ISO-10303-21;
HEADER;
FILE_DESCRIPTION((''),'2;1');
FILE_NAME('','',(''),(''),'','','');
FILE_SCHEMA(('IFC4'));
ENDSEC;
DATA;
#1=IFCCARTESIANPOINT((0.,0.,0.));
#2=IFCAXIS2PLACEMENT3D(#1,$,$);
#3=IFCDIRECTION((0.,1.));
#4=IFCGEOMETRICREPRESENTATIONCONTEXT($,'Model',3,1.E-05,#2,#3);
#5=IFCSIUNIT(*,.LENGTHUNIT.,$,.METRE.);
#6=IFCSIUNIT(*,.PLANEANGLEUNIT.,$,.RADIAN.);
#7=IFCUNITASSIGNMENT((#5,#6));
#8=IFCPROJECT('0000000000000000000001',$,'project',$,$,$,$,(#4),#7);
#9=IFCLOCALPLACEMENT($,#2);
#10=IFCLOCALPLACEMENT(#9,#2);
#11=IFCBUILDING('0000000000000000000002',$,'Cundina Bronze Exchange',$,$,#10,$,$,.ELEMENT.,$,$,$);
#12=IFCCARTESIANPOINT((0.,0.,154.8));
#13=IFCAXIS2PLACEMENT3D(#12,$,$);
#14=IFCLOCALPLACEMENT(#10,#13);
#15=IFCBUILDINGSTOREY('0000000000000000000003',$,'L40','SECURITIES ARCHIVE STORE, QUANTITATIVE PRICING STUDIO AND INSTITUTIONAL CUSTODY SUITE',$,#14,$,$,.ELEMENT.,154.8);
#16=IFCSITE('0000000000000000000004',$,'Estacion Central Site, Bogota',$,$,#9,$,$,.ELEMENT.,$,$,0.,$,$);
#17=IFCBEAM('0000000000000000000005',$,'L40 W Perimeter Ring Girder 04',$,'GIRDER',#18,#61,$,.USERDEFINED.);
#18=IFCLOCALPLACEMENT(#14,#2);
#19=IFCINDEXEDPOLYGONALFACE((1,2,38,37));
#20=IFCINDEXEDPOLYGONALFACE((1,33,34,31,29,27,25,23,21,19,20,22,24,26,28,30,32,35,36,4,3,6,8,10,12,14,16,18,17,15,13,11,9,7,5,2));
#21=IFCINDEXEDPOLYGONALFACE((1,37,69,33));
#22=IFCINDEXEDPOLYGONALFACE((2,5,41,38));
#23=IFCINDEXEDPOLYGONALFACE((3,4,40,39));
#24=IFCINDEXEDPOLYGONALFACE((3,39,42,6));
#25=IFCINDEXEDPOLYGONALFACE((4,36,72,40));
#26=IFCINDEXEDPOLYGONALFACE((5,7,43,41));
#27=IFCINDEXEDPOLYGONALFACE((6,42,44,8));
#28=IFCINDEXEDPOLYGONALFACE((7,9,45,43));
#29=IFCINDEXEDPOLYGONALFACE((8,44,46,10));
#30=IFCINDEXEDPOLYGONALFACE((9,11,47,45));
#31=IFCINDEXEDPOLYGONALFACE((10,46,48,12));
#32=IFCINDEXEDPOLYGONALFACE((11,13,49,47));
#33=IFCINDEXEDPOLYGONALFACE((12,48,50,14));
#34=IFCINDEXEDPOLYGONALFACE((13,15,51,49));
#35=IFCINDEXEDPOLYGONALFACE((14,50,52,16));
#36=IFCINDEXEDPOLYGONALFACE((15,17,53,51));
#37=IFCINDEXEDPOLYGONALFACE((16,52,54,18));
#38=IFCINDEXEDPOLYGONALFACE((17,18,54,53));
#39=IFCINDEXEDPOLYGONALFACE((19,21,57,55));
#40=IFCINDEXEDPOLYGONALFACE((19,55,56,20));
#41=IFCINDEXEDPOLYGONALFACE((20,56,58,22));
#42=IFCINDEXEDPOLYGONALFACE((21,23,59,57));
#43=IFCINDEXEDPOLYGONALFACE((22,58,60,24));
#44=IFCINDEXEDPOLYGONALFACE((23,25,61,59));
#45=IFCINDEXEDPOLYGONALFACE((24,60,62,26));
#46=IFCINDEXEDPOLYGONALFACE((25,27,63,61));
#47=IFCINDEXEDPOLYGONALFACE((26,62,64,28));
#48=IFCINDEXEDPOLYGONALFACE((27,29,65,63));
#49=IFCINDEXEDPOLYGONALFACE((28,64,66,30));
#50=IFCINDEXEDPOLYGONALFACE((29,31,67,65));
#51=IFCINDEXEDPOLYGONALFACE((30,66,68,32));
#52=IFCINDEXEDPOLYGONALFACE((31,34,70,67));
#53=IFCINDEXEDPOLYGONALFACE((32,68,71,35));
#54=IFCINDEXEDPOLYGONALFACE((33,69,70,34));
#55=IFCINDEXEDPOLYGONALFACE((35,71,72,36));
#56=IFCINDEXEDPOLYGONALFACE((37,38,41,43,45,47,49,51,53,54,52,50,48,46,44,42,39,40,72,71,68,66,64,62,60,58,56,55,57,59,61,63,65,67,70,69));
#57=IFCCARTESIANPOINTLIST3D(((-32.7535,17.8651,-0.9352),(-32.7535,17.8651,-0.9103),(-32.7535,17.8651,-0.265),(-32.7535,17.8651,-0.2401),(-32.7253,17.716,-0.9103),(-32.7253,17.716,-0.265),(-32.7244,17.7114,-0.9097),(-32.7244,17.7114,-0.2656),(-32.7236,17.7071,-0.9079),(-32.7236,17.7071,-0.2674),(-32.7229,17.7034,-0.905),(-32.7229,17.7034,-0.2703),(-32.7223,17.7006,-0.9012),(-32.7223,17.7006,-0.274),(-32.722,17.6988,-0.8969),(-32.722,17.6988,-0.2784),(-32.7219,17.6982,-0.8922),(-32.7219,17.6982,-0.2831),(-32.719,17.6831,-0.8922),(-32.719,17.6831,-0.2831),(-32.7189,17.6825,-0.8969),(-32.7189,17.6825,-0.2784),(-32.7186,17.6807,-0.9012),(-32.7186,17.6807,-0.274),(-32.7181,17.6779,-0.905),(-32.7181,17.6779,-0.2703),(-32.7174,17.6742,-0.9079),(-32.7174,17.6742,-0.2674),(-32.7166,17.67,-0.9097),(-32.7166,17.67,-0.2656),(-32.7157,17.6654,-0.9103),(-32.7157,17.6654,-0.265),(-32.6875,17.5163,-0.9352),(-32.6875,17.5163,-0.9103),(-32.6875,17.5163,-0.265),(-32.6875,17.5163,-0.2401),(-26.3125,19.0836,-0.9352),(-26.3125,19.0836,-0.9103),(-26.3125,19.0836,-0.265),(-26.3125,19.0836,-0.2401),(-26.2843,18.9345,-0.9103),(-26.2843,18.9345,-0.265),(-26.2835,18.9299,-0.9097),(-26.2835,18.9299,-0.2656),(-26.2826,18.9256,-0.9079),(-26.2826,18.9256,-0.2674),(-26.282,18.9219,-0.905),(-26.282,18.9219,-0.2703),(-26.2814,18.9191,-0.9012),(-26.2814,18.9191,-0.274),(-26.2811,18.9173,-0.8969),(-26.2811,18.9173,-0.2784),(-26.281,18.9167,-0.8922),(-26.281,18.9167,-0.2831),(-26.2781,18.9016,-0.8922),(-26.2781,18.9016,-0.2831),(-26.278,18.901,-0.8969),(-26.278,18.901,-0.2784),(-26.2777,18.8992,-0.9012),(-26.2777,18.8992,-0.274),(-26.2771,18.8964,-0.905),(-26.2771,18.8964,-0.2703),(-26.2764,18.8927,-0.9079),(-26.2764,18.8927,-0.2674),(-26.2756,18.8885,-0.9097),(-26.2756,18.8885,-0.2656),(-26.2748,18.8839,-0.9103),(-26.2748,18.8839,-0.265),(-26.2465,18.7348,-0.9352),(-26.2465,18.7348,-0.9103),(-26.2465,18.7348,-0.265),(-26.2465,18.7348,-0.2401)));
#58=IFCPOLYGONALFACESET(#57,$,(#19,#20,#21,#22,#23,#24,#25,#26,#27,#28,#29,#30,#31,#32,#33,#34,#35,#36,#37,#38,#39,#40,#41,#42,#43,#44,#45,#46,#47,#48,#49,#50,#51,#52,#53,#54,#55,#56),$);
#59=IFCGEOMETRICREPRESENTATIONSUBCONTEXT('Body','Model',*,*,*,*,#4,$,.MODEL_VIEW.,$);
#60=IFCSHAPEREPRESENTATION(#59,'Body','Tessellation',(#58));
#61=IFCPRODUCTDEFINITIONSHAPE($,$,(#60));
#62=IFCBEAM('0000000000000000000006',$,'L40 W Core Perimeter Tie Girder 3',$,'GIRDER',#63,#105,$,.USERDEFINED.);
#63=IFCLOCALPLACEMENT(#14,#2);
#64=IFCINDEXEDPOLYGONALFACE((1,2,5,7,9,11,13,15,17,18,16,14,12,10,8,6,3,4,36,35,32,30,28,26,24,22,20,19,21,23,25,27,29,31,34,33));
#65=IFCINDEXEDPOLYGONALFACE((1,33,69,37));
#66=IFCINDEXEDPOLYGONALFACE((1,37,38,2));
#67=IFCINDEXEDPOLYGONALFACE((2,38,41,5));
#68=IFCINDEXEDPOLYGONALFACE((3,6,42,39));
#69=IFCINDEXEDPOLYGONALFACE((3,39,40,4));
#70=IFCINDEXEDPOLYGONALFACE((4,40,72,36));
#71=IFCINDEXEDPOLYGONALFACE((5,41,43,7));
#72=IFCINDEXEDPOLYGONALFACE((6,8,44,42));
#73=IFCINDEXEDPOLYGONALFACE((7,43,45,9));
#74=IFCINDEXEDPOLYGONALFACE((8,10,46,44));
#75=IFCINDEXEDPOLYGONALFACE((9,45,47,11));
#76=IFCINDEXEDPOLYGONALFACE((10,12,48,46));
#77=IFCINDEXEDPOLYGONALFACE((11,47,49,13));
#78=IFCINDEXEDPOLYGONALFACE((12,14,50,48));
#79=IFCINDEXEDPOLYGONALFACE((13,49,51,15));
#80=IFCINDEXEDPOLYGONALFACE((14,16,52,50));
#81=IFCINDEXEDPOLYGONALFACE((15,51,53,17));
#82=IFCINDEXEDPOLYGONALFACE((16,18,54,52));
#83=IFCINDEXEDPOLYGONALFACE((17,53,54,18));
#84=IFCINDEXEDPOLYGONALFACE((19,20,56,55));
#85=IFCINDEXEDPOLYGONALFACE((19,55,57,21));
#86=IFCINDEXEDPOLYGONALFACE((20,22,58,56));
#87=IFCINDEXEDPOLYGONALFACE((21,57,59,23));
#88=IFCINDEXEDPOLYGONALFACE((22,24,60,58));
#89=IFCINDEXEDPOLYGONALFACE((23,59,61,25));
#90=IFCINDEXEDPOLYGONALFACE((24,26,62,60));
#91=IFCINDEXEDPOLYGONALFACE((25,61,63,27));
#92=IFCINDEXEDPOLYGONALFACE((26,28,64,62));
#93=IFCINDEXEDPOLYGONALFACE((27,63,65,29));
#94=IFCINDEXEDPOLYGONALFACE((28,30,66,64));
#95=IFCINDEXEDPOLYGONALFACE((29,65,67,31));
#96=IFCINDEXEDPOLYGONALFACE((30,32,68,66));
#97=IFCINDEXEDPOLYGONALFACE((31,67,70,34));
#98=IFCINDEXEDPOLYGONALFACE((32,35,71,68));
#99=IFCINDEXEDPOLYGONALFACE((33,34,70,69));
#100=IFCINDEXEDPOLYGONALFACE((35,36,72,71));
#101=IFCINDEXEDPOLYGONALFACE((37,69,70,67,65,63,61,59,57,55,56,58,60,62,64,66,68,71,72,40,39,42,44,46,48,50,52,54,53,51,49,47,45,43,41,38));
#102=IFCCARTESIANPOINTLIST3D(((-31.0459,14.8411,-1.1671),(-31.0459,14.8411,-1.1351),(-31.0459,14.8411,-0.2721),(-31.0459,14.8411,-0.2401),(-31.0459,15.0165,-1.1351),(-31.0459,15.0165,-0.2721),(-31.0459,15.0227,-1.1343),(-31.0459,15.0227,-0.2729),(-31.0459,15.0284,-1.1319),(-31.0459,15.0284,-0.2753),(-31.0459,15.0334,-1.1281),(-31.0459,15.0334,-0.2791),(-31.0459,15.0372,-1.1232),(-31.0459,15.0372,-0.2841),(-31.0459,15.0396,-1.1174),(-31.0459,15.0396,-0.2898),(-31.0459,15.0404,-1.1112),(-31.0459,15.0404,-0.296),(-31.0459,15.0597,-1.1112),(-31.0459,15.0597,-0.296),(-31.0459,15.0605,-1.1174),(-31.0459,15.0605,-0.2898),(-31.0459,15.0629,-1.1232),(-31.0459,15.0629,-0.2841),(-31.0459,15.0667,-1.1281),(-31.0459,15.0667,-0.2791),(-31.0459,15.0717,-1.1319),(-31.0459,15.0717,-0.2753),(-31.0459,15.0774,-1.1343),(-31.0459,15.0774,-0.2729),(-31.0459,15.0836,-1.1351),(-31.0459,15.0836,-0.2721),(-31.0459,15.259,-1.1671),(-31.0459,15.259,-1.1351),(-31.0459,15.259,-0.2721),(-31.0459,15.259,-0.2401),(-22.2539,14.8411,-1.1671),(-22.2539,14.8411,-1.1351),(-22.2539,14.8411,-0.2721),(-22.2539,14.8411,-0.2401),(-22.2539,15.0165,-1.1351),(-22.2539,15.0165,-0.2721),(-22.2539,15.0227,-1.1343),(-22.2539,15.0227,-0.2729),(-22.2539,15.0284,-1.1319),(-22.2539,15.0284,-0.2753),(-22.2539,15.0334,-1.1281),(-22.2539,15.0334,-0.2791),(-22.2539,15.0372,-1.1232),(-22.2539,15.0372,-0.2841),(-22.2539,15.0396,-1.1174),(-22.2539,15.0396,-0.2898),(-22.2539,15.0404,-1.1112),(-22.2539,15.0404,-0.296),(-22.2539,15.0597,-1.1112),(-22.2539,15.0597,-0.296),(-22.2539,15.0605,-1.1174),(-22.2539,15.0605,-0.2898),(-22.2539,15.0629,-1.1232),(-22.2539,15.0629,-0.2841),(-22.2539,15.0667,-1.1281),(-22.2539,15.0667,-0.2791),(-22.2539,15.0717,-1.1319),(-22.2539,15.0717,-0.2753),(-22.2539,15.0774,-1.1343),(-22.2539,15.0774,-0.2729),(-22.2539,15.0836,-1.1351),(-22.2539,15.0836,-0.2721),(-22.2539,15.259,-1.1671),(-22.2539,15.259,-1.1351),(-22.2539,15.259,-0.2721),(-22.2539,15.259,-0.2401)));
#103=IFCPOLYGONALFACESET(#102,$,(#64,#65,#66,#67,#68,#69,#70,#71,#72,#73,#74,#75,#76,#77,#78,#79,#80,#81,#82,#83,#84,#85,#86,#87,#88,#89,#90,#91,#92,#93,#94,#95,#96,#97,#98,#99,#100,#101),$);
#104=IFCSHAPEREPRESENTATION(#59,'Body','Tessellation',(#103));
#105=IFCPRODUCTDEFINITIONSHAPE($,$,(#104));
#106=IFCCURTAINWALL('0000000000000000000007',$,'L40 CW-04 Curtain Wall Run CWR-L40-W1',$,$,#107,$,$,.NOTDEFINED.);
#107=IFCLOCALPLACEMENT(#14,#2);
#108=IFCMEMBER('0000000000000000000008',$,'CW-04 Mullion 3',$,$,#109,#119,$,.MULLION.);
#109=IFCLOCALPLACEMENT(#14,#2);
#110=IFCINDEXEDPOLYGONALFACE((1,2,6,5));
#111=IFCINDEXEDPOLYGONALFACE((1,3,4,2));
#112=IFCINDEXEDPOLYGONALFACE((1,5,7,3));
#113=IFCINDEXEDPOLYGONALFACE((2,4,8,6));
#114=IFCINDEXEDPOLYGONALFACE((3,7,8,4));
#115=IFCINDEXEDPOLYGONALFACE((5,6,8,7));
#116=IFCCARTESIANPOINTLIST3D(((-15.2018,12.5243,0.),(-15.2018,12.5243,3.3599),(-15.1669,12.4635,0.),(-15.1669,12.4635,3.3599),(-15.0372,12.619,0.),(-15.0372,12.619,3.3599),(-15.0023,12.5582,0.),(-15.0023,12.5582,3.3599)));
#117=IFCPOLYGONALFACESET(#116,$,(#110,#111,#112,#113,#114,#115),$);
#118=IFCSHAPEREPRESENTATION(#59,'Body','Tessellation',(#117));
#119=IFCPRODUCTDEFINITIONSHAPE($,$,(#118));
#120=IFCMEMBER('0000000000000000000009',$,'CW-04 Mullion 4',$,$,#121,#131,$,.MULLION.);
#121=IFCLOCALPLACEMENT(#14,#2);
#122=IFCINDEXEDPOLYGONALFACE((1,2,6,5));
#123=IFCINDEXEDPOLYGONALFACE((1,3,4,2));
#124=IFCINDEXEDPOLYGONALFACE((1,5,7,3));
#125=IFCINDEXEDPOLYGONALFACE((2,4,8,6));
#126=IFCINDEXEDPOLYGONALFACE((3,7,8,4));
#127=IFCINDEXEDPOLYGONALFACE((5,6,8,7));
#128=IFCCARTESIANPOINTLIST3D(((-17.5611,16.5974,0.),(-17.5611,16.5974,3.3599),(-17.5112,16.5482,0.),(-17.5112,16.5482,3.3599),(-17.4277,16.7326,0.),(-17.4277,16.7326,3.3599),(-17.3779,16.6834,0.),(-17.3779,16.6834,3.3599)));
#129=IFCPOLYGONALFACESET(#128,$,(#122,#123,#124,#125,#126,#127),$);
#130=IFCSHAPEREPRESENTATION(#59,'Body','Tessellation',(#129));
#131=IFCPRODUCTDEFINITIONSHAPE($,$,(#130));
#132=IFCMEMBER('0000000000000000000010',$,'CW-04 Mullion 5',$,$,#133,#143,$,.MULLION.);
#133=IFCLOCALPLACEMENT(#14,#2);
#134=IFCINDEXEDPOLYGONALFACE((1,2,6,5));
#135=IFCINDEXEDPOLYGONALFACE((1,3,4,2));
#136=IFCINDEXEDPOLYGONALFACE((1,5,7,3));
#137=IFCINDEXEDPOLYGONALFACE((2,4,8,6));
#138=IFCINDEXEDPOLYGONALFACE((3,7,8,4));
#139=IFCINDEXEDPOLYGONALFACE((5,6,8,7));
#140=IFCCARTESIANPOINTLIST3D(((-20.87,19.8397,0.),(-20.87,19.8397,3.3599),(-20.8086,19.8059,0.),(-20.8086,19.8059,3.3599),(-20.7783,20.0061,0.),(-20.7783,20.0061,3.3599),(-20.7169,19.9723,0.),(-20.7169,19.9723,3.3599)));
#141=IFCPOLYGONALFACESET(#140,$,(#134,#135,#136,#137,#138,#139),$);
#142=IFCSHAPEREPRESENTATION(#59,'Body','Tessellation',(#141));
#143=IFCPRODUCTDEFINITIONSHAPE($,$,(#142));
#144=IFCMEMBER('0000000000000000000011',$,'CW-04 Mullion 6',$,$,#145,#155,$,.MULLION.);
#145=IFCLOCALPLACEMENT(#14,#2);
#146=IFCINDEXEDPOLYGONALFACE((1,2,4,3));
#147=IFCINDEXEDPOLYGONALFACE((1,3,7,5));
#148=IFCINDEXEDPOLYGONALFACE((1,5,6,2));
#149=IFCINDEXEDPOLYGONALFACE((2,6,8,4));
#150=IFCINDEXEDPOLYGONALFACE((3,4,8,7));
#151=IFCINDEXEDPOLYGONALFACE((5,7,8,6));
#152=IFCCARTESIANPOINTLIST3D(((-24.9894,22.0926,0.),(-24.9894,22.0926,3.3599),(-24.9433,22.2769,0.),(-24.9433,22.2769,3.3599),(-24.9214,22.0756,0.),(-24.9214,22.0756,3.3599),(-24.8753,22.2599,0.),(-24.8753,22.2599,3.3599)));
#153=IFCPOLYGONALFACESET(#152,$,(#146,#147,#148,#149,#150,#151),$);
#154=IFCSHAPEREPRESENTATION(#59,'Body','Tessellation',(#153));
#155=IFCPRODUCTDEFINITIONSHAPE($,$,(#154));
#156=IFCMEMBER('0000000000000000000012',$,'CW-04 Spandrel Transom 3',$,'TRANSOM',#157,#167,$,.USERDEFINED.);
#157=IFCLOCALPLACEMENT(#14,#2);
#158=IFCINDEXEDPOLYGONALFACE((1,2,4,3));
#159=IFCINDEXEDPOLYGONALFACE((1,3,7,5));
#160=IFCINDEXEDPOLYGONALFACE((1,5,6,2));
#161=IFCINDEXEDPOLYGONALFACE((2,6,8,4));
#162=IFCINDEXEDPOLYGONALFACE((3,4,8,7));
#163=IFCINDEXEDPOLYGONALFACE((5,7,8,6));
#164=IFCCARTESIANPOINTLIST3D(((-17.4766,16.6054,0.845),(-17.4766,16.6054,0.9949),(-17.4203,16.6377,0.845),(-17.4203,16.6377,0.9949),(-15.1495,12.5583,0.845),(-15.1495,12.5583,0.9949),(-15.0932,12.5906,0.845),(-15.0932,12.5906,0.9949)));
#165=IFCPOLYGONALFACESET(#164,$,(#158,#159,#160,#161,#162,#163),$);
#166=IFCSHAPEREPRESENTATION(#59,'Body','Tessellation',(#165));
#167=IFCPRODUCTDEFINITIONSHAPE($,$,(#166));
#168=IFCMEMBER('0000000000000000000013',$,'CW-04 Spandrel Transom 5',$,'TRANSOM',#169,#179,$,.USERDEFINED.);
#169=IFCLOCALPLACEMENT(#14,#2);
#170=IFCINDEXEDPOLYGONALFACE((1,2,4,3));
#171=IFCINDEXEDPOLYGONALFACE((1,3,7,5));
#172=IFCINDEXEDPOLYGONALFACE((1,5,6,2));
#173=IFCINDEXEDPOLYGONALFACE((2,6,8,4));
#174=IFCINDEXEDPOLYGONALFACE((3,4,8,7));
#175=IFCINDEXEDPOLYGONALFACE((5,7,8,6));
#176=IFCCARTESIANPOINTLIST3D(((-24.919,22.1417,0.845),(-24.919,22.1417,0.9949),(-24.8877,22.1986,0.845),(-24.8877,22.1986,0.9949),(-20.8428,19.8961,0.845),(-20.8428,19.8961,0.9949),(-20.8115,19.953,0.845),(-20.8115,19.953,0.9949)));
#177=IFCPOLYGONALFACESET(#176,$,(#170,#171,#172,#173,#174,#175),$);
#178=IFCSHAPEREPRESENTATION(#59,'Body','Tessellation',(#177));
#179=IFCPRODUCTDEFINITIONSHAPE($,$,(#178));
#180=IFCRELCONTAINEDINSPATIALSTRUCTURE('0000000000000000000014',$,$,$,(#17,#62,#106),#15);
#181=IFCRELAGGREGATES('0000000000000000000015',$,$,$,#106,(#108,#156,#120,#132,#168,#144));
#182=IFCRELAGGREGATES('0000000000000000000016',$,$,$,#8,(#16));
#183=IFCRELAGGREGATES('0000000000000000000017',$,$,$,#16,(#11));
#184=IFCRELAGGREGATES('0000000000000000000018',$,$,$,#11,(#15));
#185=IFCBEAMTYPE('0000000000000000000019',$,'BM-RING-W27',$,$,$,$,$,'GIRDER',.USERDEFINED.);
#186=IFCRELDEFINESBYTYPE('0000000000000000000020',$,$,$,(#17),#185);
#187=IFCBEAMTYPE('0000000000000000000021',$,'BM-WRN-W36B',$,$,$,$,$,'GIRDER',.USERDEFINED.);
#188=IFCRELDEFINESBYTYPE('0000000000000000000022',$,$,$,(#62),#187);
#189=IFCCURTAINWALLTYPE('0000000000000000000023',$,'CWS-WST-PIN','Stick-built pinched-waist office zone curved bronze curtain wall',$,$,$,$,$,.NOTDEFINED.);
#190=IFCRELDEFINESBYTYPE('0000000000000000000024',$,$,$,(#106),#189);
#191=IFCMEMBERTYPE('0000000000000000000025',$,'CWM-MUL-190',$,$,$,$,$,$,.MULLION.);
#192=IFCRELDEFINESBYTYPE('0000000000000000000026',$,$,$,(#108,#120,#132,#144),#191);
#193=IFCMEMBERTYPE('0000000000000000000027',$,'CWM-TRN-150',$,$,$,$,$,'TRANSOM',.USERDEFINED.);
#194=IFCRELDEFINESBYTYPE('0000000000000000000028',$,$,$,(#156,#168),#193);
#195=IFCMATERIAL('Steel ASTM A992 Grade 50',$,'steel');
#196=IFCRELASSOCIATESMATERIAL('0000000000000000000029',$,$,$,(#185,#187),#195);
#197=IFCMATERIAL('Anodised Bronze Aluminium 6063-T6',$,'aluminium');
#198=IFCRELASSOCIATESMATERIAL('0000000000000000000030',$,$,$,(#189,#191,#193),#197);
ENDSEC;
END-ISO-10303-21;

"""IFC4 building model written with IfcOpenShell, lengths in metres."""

from ifc_helpers import new_model, si_unit, direction, frame, origin, origin_2d, place, context, subcontext, project, spatial, rectangle, i_section, extrude, material, material_profile, profile_set, type_object, element, aggregate, save


model = new_model("IFC4")

# Units and contexts
model_context = context("Model", 3, precision=1e-05, world=origin(), true_north=direction((0.0, 1.0)))
body_context = subcontext(model_context, "Body", "Model", "MODEL_VIEW")
ifc_project = project(units=[si_unit("LENGTHUNIT", "METRE"), si_unit("PLANEANGLEUNIT", "RADIAN")], contexts=[model_context])

# Site, building, storey
site_placement = place(None, origin())
site = spatial("IfcSite", under=ifc_project, at=site_placement, Name="Estacion Central Site, Bogota", CompositionType="ELEMENT", RefElevation=0.0)
building_placement = place(site_placement, origin())
building = spatial("IfcBuilding", under=site, at=building_placement, Name="Cundina Bronze Exchange", CompositionType="ELEMENT")
storey_placement = place(building_placement, frame((0.0, 0.0, 154.8)))
storey = spatial("IfcBuildingStorey", under=building, at=storey_placement, Name="L40", Description="SECURITIES ARCHIVE STORE, QUANTITATIVE PRICING STUDIO AND INSTITUTIONAL CUSTODY SUITE", CompositionType="ELEMENT", Elevation=154.8)

# Shared definitions
ifc_material_1 = material(Name="Steel ASTM A992 Grade 50", Category="steel")

# Beams
ifc_material_profile_1 = material_profile(ifc_material_1, i_section(OverallWidth=0.355, OverallDepth=0.6951, WebThickness=0.0154, FlangeThickness=0.0249, FilletRadius=0.0181, at=origin_2d()), Name="W27X146", Category="steel")
ifc_profile_set_1 = profile_set([ifc_material_profile_1], Name="Steel ASTM A992 Grade 50")
beam_type_1 = type_object("IfcBeamType", Name="BM-RING-W27", ElementType="GIRDER", PredefinedType="USERDEFINED", material=ifc_profile_set_1)
beam_1_placement = place(storey_placement, frame((-26.2795, 18.9092, -0.5876), z_axis=(-0.982572, -0.185885, 0.0), x_axis=(0.185885, -0.982572, 0.0)))
element("IfcBeam", 1, at=beam_1_placement, inside=storey, type_object=beam_type_1, Name="L40 W Perimeter Ring Girder 04", ObjectType="GIRDER", PredefinedType="USERDEFINED", context=body_context, shape_type="SweptSolid", body=[
    extrude(i_section(OverallWidth=0.355, OverallDepth=0.6951, WebThickness=0.0154, FlangeThickness=0.0249, FilletRadius=0.0181, at=origin_2d()), origin(), (0.0, 0.0, 1.0), 6.5552),
])
ifc_material_profile_2 = material_profile(ifc_material_1, i_section(OverallWidth=0.418, OverallDepth=0.927, WebThickness=0.0193, FlangeThickness=0.032, FilletRadius=0.0239, at=origin_2d()), Name="W36X231", Category="steel")
ifc_profile_set_2 = profile_set([ifc_material_profile_2], Name="Steel ASTM A992 Grade 50")
beam_type_2 = type_object("IfcBeamType", Name="BM-WRN-W36B", ElementType="GIRDER", PredefinedType="USERDEFINED", material=ifc_profile_set_2)
beam_2_placement = place(storey_placement, frame((-22.2539, 15.05, -0.7036), z_axis=(-1.0, 0.0, 0.0), x_axis=(0.0, -1.0, 0.0)))
element("IfcBeam", 2, at=beam_2_placement, inside=storey, type_object=beam_type_2, Name="L40 W Core Perimeter Tie Girder 3", ObjectType="GIRDER", PredefinedType="USERDEFINED", context=body_context, shape_type="SweptSolid", body=[
    extrude(i_section(OverallWidth=0.418, OverallDepth=0.927, WebThickness=0.0193, FlangeThickness=0.032, FilletRadius=0.0239, at=origin_2d()), origin(), (0.0, 0.0, 1.0), 8.792),
])

# Curtain wall, members
ifc_material_2 = material(Name="Anodised Bronze Aluminium 6063-T6", Category="aluminium")
curtain_wall_type = type_object("IfcCurtainWallType", Name="CWS-WST-PIN", Description="Stick-built pinched-waist office zone curved bronze curtain wall", PredefinedType="NOTDEFINED", material=ifc_material_2)
curtain_wall_placement = place(storey_placement, origin())
curtain_wall = element("IfcCurtainWall", 3, at=curtain_wall_placement, inside=storey, type_object=curtain_wall_type, Name="L40 CW-04 Curtain Wall Run CWR-L40-W1", PredefinedType="NOTDEFINED")
ifc_material_profile_3 = material_profile(ifc_material_2, rectangle(XDim=0.0701, YDim=0.1899, at=origin_2d()), Name="AL70X190", Category="aluminium")
ifc_profile_set_3 = profile_set([ifc_material_profile_3], Name="Anodised Bronze Aluminium 6063-T6")
member_type_1 = type_object("IfcMemberType", Name="CWM-MUL-190", PredefinedType="MULLION", material=ifc_profile_set_3)
member_1_placement = place(storey_placement, frame((-15.1021, 12.5413, 0.0), z_axis=(0.0, 0.0, 1.0), x_axis=(-0.498488, 0.866897, 0.0)))
member_1 = element("IfcMember", 4, at=member_1_placement, type_object=member_type_1, Name="CW-04 Mullion 3", PredefinedType="MULLION", context=body_context, shape_type="SweptSolid", body=[
    extrude(rectangle(XDim=0.0701, YDim=0.1899, at=origin_2d()), origin(), (0.0, 0.0, 1.0), 3.3599),
])
member_2_placement = place(storey_placement, frame((-17.4695, 16.6404, 0.0), z_axis=(0.0, 0.0, 1.0), x_axis=(-0.712026, 0.702153, 0.0)))
member_2 = element("IfcMember", 5, at=member_2_placement, type_object=member_type_1, Name="CW-04 Mullion 4", PredefinedType="MULLION", context=body_context, shape_type="SweptSolid", body=[
    extrude(rectangle(XDim=0.0701, YDim=0.1899, at=origin_2d()), origin(), (0.0, 0.0, 1.0), 3.3599),
])
member_3_placement = place(storey_placement, frame((-20.7935, 19.906, 0.0), z_axis=(0.0, 0.0, 1.0), x_axis=(-0.875886, 0.482518, 0.0)))
member_3 = element("IfcMember", 6, at=member_3_placement, type_object=member_type_1, Name="CW-04 Mullion 5", PredefinedType="MULLION", context=body_context, shape_type="SweptSolid", body=[
    extrude(rectangle(XDim=0.0701, YDim=0.1899, at=origin_2d()), origin(), (0.0, 0.0, 1.0), 3.3599),
])
member_4_placement = place(storey_placement, frame((-24.9324, 22.1763, 0.0), z_axis=(0.0, 0.0, 1.0), x_axis=(-0.970084, 0.242769, 0.0)))
member_4 = element("IfcMember", 7, at=member_4_placement, type_object=member_type_1, Name="CW-04 Mullion 6", PredefinedType="MULLION", context=body_context, shape_type="SweptSolid", body=[
    extrude(rectangle(XDim=0.0701, YDim=0.1899, at=origin_2d()), origin(), (0.0, 0.0, 1.0), 3.3599),
])
ifc_material_profile_4 = material_profile(ifc_material_2, rectangle(XDim=0.0649, YDim=0.1499, at=origin_2d()), Name="AL65X150", Category="aluminium")
ifc_profile_set_4 = profile_set([ifc_material_profile_4], Name="Anodised Bronze Aluminium 6063-T6")
member_type_2 = type_object("IfcMemberType", Name="CWM-TRN-150", ElementType="TRANSOM", PredefinedType="USERDEFINED", material=ifc_profile_set_4)
member_5_placement = place(storey_placement, frame((-15.1213, 12.5745, 0.9199), z_axis=(-0.49848, 0.866901, 0.0), x_axis=(-0.866901, -0.49848, 0.0)))
member_5 = element("IfcMember", 8, at=member_5_placement, type_object=member_type_2, Name="CW-04 Spandrel Transom 3", ObjectType="TRANSOM", PredefinedType="USERDEFINED", context=body_context, shape_type="SweptSolid", body=[
    extrude(rectangle(XDim=0.0649, YDim=0.1499, at=origin_2d()), origin(), (0.0, 0.0, 1.0), 4.6685),
])
member_6_placement = place(storey_placement, frame((-20.8271, 19.9246, 0.9199), z_axis=(-0.875879, 0.482531, 0.0), x_axis=(-0.482531, -0.875879, 0.0)))
member_6 = element("IfcMember", 9, at=member_6_placement, type_object=member_type_2, Name="CW-04 Spandrel Transom 5", ObjectType="TRANSOM", PredefinedType="USERDEFINED", context=body_context, shape_type="SweptSolid", body=[
    extrude(rectangle(XDim=0.0649, YDim=0.1499, at=origin_2d()), origin(), (0.0, 0.0, 1.0), 4.6538),
])
aggregate(curtain_wall, [member_1, member_5, member_2, member_3, member_6, member_4])

save(model, "model.ifc")
